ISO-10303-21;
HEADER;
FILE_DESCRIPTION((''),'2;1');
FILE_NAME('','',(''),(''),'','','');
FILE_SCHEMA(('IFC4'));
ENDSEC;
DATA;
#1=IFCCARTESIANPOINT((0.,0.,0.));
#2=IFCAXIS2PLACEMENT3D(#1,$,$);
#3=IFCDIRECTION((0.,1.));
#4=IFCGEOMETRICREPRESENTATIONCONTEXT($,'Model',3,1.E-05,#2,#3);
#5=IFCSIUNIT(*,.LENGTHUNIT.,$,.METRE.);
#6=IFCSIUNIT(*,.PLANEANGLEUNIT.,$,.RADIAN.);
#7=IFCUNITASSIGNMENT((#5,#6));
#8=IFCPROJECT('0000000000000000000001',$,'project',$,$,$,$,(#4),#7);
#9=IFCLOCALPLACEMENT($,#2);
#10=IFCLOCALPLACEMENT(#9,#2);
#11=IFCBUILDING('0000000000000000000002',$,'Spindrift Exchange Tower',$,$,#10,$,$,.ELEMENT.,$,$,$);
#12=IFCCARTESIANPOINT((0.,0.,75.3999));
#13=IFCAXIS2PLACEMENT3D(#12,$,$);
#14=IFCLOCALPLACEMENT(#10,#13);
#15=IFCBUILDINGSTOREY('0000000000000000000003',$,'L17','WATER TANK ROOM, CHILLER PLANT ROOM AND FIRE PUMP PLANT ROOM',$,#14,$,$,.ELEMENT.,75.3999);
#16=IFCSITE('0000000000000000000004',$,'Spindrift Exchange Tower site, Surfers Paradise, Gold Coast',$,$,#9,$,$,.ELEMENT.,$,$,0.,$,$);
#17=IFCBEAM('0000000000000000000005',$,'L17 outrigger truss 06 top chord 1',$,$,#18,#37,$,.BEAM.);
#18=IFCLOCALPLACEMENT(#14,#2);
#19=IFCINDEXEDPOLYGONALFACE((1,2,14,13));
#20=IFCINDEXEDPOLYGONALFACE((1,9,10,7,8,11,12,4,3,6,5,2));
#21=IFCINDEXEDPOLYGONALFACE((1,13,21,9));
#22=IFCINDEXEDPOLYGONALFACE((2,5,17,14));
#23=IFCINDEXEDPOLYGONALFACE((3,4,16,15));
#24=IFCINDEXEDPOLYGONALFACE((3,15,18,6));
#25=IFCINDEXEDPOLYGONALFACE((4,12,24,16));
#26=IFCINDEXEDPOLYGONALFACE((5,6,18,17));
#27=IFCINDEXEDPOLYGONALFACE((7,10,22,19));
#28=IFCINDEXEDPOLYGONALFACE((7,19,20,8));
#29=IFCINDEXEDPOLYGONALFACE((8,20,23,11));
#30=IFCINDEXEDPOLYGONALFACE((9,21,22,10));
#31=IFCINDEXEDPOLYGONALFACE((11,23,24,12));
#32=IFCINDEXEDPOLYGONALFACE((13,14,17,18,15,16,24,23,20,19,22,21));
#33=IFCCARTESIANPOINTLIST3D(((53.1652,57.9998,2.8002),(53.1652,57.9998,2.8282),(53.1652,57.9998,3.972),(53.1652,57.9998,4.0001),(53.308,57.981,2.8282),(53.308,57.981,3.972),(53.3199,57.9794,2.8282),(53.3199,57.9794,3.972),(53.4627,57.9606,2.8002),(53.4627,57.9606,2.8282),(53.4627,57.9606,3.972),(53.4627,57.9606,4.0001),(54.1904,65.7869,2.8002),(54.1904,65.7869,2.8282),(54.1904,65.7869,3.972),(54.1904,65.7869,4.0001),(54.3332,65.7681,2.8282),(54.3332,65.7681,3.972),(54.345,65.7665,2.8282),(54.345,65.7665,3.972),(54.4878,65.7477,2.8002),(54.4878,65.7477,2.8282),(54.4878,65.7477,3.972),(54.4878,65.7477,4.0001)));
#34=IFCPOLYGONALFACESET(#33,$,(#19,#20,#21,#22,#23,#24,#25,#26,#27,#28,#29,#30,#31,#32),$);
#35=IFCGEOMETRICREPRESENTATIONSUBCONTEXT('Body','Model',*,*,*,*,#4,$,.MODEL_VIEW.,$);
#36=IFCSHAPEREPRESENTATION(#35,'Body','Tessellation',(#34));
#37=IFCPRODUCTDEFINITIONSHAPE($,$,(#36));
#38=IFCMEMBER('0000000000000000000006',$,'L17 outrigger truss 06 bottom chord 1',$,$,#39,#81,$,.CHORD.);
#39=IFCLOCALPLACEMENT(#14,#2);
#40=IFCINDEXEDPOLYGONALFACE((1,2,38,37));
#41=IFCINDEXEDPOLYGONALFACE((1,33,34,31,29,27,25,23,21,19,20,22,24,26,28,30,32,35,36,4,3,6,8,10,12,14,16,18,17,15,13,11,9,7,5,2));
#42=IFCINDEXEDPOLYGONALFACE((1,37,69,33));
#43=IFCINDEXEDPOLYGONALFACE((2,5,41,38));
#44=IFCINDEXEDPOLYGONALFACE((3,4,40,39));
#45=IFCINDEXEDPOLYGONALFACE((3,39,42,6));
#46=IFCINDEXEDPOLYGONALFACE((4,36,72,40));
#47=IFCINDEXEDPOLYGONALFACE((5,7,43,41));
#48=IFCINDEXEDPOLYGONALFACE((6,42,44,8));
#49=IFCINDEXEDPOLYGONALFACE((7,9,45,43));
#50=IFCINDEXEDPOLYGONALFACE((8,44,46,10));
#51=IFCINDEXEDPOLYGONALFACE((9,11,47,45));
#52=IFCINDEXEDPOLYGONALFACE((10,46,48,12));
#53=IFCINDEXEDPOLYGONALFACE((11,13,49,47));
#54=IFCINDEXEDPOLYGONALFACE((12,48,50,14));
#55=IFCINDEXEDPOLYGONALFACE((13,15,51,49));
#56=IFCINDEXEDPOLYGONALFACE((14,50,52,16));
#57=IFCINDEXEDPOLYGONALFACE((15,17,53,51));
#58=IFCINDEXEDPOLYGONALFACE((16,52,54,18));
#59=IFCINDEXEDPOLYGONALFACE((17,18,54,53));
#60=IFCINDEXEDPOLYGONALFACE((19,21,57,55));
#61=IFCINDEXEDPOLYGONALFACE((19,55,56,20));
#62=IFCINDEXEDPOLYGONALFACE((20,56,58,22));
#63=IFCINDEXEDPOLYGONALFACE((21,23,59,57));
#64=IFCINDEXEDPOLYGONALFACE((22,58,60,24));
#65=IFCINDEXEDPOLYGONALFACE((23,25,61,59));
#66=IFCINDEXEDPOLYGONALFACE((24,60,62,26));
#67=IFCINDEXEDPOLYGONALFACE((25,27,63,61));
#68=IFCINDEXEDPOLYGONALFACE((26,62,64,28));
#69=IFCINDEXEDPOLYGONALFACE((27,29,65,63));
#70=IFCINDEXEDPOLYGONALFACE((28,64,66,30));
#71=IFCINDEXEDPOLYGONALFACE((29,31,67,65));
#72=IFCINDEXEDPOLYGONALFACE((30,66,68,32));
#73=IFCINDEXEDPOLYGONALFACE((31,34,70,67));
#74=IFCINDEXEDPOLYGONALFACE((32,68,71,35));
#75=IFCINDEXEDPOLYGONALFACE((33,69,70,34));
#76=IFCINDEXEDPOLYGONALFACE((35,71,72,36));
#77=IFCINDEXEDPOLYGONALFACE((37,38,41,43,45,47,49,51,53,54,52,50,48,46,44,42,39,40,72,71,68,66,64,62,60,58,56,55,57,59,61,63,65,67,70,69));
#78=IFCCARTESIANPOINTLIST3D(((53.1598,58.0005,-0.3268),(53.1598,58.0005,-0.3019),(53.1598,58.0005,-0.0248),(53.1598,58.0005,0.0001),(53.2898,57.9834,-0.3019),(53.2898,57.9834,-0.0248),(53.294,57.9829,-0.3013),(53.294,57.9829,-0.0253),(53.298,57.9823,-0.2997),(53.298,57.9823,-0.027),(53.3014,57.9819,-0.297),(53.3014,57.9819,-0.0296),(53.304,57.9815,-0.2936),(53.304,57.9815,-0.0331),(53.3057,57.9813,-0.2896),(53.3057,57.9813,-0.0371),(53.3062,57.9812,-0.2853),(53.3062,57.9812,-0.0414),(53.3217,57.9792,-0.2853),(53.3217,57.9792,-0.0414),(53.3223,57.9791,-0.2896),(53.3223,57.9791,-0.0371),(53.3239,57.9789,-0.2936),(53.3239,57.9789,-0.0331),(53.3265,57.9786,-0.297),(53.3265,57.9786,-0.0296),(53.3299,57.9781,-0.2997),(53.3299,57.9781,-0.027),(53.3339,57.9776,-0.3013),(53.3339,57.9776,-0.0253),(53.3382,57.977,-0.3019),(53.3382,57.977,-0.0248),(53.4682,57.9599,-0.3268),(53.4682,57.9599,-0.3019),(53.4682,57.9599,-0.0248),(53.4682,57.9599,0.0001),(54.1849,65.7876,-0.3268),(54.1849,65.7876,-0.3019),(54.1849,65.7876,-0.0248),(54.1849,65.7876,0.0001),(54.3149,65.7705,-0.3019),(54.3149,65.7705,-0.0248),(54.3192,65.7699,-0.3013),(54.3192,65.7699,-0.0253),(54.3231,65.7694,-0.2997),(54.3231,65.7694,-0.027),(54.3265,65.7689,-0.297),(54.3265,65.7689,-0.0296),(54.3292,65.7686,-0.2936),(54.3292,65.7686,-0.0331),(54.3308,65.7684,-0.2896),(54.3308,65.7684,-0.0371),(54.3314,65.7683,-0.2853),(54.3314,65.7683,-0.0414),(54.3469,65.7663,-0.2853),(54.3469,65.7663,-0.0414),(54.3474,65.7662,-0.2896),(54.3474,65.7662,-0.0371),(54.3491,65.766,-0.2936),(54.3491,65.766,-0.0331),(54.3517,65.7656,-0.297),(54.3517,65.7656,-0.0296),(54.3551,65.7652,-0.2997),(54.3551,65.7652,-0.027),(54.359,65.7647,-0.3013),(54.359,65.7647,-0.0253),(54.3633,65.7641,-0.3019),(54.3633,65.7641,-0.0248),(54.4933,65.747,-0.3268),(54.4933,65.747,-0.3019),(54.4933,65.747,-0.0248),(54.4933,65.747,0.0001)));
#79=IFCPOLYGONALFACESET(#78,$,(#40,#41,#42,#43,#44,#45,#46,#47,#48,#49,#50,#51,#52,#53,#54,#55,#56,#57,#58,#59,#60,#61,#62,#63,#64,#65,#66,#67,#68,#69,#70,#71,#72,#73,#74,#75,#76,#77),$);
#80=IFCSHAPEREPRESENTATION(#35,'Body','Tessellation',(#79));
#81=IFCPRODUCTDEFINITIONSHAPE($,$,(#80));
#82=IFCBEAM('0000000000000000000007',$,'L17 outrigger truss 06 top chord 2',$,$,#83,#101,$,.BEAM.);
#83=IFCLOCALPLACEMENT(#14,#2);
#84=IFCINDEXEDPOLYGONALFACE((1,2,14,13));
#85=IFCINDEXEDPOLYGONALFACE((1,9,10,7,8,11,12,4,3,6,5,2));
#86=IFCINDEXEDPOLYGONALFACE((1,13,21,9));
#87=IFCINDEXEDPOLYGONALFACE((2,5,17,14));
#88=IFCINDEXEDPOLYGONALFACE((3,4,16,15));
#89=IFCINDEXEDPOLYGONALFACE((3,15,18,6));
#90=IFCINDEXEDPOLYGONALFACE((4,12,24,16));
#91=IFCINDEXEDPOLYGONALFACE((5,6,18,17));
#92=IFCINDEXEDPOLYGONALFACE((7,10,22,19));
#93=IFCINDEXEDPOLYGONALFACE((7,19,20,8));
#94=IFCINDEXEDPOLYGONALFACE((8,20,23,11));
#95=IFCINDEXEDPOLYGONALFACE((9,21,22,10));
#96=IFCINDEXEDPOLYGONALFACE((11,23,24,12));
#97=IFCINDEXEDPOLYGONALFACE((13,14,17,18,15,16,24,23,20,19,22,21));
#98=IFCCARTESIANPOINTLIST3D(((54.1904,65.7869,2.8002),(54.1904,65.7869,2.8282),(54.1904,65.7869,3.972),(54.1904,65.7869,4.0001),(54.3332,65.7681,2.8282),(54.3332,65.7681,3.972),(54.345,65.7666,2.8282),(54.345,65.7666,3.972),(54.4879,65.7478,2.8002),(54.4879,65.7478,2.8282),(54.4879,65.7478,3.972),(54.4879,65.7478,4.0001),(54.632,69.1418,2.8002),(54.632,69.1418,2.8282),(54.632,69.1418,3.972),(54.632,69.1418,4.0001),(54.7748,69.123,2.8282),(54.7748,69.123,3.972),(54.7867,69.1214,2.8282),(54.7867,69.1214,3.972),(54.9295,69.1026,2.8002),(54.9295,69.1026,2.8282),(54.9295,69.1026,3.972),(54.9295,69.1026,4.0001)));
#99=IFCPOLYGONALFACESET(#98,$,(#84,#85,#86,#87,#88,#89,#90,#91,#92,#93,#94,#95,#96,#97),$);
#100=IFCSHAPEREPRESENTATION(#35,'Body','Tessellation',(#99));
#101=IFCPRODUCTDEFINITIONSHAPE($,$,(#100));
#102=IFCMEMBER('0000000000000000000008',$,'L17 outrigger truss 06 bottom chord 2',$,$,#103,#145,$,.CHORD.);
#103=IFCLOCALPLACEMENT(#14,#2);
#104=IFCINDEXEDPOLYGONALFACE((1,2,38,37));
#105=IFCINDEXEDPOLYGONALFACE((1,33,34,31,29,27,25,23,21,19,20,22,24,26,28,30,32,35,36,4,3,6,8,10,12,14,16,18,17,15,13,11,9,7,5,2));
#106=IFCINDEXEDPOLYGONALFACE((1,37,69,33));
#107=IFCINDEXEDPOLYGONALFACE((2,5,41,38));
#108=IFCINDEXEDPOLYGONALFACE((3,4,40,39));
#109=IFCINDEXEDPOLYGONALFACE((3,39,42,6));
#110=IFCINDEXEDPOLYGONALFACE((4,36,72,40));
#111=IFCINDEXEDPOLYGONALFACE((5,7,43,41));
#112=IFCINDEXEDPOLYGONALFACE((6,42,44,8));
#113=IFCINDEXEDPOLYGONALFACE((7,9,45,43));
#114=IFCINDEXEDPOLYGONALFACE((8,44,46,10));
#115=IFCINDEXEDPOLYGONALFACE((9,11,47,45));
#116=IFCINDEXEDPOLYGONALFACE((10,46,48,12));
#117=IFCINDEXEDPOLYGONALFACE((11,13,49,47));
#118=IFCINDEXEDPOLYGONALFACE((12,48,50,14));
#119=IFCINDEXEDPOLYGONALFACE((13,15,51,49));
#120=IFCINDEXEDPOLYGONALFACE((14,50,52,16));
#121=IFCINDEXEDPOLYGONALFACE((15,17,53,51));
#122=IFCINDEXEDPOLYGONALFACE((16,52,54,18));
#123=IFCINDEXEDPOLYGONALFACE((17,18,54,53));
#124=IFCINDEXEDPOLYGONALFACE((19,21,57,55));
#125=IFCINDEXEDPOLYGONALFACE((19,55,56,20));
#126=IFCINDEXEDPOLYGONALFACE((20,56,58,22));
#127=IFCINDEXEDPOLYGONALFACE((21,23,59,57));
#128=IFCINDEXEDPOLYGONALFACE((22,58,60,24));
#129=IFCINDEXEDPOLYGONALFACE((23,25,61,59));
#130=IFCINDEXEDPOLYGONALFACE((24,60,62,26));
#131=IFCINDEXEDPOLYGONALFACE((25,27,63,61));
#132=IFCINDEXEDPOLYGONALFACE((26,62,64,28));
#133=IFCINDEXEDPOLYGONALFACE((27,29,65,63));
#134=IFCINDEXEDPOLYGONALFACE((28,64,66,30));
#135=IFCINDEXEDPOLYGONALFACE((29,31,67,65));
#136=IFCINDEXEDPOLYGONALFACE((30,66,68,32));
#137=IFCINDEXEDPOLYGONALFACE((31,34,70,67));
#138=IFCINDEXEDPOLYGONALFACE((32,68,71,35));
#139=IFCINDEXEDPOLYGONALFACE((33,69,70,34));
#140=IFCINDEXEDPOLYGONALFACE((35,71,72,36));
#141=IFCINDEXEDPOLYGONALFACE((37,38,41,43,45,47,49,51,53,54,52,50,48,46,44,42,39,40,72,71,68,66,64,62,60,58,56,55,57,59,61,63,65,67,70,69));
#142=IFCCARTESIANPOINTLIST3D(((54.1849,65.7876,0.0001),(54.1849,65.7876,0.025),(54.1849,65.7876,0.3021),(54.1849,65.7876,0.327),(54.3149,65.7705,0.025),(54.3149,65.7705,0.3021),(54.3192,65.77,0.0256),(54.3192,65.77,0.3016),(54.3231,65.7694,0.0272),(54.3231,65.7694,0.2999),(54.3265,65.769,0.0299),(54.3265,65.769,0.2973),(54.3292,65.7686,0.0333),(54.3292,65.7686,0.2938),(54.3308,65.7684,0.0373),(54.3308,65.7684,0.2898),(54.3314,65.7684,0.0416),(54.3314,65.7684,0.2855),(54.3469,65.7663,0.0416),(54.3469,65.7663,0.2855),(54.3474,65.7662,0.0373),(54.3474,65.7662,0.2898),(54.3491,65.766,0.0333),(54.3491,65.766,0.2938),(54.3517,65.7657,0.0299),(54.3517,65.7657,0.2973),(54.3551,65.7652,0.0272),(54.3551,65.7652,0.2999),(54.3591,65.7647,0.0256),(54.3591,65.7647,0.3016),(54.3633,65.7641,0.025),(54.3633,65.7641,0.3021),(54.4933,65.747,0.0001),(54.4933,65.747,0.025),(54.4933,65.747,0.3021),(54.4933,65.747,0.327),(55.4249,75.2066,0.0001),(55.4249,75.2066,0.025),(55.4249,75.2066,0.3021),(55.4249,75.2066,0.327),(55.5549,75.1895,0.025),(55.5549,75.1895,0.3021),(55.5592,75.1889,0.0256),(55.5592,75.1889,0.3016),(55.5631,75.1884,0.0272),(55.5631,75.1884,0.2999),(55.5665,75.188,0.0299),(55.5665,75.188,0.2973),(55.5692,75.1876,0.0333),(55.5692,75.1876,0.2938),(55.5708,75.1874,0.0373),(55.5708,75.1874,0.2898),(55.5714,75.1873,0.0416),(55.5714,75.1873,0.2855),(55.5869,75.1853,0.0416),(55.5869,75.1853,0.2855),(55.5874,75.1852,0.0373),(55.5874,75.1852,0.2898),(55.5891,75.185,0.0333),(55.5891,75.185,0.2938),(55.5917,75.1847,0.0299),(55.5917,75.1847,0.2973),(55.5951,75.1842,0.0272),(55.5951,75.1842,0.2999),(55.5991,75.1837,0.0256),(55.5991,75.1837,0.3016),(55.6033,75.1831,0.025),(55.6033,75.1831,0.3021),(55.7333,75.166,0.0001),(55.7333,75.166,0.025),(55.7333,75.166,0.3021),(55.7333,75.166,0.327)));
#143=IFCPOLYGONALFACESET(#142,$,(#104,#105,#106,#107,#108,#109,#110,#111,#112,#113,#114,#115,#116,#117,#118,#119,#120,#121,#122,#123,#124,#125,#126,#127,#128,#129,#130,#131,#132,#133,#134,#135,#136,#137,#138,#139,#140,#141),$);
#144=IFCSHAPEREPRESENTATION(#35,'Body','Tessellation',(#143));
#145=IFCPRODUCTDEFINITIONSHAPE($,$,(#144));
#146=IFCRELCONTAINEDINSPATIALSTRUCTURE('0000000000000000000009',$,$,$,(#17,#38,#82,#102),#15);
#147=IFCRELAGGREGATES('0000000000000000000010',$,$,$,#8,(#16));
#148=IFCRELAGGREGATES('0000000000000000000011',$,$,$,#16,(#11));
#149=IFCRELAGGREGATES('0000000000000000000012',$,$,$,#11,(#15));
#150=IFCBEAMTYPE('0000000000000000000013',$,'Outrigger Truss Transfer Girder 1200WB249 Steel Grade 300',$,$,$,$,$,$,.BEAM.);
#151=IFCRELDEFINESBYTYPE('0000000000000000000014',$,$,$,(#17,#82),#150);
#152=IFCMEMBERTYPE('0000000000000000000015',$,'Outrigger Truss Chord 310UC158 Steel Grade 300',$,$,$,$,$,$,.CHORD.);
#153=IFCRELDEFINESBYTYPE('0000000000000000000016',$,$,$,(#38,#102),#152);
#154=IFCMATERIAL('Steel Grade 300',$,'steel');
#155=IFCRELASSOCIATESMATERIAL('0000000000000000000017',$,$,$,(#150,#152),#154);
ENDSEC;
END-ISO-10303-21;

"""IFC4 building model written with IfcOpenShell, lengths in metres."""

from ifc_helpers import new_model, si_unit, direction, frame, origin, origin_2d, place, context, subcontext, project, spatial, i_section, extrude, source, transform, mapped, material, material_profile, profile_set, type_object, element, save


model = new_model("IFC4")

# Units and contexts
model_context = context("Model", 3, precision=1e-05, world=origin(), true_north=direction((0.0, 1.0)))
body_context = subcontext(model_context, "Body", "Model", "MODEL_VIEW")
ifc_project = project(units=[si_unit("LENGTHUNIT", "METRE"), si_unit("PLANEANGLEUNIT", "RADIAN")], contexts=[model_context])

# Site, building, storey
site_placement = place(None, origin())
site = spatial("IfcSite", under=ifc_project, at=site_placement, Name="Spindrift Exchange Tower site, Surfers Paradise, Gold Coast", CompositionType="ELEMENT", RefElevation=0.0)
building_placement = place(site_placement, origin())
building = spatial("IfcBuilding", under=site, at=building_placement, Name="Spindrift Exchange Tower", CompositionType="ELEMENT")
storey_placement = place(building_placement, frame((0.0, 0.0, 75.3999)))
storey = spatial("IfcBuildingStorey", under=building, at=storey_placement, Name="L17", Description="WATER TANK ROOM, CHILLER PLANT ROOM AND FIRE PUMP PLANT ROOM", CompositionType="ELEMENT", Elevation=75.3999)

# Shared definitions
ifc_material_1 = material(Name="Steel Grade 300", Category="steel")
ifc_material_profile_1 = material_profile(ifc_material_1, i_section(OverallWidth=0.3, OverallDepth=1.2, WebThickness=0.012, FlangeThickness=0.0281, at=origin_2d()), Name="1200WB249")
ifc_profile_set_1 = profile_set([ifc_material_profile_1], Name="Steel Grade 300")
beam_type = type_object("IfcBeamType", Name="Outrigger Truss Transfer Girder 1200WB249 Steel Grade 300", PredefinedType="BEAM", material=ifc_profile_set_1)

# Shared definitions
ifc_material_profile_2 = material_profile(ifc_material_1, i_section(OverallWidth=0.311, OverallDepth=0.3269, WebThickness=0.0156, FlangeThickness=0.0249, FilletRadius=0.0166, at=origin_2d()), Name="310UC158")
ifc_profile_set_2 = profile_set([ifc_material_profile_2], Name="Steel Grade 300")
member_type_1 = type_object("IfcMemberType", Name="Outrigger Truss Chord 310UC158 Steel Grade 300", PredefinedType="CHORD", material=ifc_profile_set_2)

# Beam
shared_shape_1 = source(origin(), body_context, "Body", "SweptSolid", [
    extrude(i_section(OverallWidth=0.3, OverallDepth=1.2, WebThickness=0.012, FlangeThickness=0.0281, at=origin_2d()), origin(), (0.0, 0.0, 1.0), 7.8542),
])
beam_1_placement = place(storey_placement, frame((53.314, 57.9802, 3.4001), z_axis=(0.13052, 0.991446, 0.0), x_axis=(-0.991446, 0.13052, 0.0)))
element("IfcBeam", 1, at=beam_1_placement, inside=storey, type_object=beam_type, Name="L17 outrigger truss 06 top chord 1", PredefinedType="BEAM", context=body_context, shape_type="MappedRepresentation", body=[
    mapped(shared_shape_1, transform((0.0, 0.0, 0.0), scale=1.0)),
])

# Member
shared_shape_2 = source(origin(), body_context, "Body", "SweptSolid", [
    extrude(i_section(OverallWidth=0.311, OverallDepth=0.3269, WebThickness=0.0156, FlangeThickness=0.0249, FilletRadius=0.0166, at=origin_2d()), origin(), (0.0, 0.0, 1.0), 7.8542),
])
member_1_placement = place(storey_placement, frame((53.314, 57.9802, -0.1633), z_axis=(0.13052, 0.991446, 0.0), x_axis=(-0.991446, 0.13052, 0.0)))
element("IfcMember", 2, at=member_1_placement, inside=storey, type_object=member_type_1, Name="L17 outrigger truss 06 bottom chord 1", PredefinedType="CHORD", context=body_context, shape_type="MappedRepresentation", body=[
    mapped(shared_shape_2, transform((0.0, 0.0, 0.0), scale=1.0)),
])

# Beam
shared_shape_3 = source(origin(), body_context, "Body", "SweptSolid", [
    extrude(i_section(OverallWidth=0.3, OverallDepth=1.2, WebThickness=0.012, FlangeThickness=0.0281, at=origin_2d()), origin(), (0.0, 0.0, 1.0), 3.3838),
])
beam_2_placement = place(storey_placement, frame((54.3391, 65.7673, 3.4001), z_axis=(0.130524, 0.991445, 0.0), x_axis=(-0.991445, 0.130524, 0.0)))
element("IfcBeam", 3, at=beam_2_placement, inside=storey, type_object=beam_type, Name="L17 outrigger truss 06 top chord 2", PredefinedType="BEAM", context=body_context, shape_type="MappedRepresentation", body=[
    mapped(shared_shape_3, transform((0.0, 0.0, 0.0), scale=1.0)),
])

# Member
shared_shape_4 = source(origin(), body_context, "Body", "SweptSolid", [
    extrude(i_section(OverallWidth=0.311, OverallDepth=0.3269, WebThickness=0.0156, FlangeThickness=0.0249, FilletRadius=0.0166, at=origin_2d()), origin(), (0.0, 0.0, 1.0), 9.5002),
])
member_2_placement = place(storey_placement, frame((54.3391, 65.7673, 0.1636), z_axis=(0.130522, 0.991445, 0.0), x_axis=(-0.991445, 0.130522, 0.0)))
element("IfcMember", 4, at=member_2_placement, inside=storey, type_object=member_type_1, Name="L17 outrigger truss 06 bottom chord 2", PredefinedType="CHORD", context=body_context, shape_type="MappedRepresentation", body=[
    mapped(shared_shape_4, transform((0.0, 0.0, 0.0), scale=1.0)),
])

save(model, "model.ifc")
